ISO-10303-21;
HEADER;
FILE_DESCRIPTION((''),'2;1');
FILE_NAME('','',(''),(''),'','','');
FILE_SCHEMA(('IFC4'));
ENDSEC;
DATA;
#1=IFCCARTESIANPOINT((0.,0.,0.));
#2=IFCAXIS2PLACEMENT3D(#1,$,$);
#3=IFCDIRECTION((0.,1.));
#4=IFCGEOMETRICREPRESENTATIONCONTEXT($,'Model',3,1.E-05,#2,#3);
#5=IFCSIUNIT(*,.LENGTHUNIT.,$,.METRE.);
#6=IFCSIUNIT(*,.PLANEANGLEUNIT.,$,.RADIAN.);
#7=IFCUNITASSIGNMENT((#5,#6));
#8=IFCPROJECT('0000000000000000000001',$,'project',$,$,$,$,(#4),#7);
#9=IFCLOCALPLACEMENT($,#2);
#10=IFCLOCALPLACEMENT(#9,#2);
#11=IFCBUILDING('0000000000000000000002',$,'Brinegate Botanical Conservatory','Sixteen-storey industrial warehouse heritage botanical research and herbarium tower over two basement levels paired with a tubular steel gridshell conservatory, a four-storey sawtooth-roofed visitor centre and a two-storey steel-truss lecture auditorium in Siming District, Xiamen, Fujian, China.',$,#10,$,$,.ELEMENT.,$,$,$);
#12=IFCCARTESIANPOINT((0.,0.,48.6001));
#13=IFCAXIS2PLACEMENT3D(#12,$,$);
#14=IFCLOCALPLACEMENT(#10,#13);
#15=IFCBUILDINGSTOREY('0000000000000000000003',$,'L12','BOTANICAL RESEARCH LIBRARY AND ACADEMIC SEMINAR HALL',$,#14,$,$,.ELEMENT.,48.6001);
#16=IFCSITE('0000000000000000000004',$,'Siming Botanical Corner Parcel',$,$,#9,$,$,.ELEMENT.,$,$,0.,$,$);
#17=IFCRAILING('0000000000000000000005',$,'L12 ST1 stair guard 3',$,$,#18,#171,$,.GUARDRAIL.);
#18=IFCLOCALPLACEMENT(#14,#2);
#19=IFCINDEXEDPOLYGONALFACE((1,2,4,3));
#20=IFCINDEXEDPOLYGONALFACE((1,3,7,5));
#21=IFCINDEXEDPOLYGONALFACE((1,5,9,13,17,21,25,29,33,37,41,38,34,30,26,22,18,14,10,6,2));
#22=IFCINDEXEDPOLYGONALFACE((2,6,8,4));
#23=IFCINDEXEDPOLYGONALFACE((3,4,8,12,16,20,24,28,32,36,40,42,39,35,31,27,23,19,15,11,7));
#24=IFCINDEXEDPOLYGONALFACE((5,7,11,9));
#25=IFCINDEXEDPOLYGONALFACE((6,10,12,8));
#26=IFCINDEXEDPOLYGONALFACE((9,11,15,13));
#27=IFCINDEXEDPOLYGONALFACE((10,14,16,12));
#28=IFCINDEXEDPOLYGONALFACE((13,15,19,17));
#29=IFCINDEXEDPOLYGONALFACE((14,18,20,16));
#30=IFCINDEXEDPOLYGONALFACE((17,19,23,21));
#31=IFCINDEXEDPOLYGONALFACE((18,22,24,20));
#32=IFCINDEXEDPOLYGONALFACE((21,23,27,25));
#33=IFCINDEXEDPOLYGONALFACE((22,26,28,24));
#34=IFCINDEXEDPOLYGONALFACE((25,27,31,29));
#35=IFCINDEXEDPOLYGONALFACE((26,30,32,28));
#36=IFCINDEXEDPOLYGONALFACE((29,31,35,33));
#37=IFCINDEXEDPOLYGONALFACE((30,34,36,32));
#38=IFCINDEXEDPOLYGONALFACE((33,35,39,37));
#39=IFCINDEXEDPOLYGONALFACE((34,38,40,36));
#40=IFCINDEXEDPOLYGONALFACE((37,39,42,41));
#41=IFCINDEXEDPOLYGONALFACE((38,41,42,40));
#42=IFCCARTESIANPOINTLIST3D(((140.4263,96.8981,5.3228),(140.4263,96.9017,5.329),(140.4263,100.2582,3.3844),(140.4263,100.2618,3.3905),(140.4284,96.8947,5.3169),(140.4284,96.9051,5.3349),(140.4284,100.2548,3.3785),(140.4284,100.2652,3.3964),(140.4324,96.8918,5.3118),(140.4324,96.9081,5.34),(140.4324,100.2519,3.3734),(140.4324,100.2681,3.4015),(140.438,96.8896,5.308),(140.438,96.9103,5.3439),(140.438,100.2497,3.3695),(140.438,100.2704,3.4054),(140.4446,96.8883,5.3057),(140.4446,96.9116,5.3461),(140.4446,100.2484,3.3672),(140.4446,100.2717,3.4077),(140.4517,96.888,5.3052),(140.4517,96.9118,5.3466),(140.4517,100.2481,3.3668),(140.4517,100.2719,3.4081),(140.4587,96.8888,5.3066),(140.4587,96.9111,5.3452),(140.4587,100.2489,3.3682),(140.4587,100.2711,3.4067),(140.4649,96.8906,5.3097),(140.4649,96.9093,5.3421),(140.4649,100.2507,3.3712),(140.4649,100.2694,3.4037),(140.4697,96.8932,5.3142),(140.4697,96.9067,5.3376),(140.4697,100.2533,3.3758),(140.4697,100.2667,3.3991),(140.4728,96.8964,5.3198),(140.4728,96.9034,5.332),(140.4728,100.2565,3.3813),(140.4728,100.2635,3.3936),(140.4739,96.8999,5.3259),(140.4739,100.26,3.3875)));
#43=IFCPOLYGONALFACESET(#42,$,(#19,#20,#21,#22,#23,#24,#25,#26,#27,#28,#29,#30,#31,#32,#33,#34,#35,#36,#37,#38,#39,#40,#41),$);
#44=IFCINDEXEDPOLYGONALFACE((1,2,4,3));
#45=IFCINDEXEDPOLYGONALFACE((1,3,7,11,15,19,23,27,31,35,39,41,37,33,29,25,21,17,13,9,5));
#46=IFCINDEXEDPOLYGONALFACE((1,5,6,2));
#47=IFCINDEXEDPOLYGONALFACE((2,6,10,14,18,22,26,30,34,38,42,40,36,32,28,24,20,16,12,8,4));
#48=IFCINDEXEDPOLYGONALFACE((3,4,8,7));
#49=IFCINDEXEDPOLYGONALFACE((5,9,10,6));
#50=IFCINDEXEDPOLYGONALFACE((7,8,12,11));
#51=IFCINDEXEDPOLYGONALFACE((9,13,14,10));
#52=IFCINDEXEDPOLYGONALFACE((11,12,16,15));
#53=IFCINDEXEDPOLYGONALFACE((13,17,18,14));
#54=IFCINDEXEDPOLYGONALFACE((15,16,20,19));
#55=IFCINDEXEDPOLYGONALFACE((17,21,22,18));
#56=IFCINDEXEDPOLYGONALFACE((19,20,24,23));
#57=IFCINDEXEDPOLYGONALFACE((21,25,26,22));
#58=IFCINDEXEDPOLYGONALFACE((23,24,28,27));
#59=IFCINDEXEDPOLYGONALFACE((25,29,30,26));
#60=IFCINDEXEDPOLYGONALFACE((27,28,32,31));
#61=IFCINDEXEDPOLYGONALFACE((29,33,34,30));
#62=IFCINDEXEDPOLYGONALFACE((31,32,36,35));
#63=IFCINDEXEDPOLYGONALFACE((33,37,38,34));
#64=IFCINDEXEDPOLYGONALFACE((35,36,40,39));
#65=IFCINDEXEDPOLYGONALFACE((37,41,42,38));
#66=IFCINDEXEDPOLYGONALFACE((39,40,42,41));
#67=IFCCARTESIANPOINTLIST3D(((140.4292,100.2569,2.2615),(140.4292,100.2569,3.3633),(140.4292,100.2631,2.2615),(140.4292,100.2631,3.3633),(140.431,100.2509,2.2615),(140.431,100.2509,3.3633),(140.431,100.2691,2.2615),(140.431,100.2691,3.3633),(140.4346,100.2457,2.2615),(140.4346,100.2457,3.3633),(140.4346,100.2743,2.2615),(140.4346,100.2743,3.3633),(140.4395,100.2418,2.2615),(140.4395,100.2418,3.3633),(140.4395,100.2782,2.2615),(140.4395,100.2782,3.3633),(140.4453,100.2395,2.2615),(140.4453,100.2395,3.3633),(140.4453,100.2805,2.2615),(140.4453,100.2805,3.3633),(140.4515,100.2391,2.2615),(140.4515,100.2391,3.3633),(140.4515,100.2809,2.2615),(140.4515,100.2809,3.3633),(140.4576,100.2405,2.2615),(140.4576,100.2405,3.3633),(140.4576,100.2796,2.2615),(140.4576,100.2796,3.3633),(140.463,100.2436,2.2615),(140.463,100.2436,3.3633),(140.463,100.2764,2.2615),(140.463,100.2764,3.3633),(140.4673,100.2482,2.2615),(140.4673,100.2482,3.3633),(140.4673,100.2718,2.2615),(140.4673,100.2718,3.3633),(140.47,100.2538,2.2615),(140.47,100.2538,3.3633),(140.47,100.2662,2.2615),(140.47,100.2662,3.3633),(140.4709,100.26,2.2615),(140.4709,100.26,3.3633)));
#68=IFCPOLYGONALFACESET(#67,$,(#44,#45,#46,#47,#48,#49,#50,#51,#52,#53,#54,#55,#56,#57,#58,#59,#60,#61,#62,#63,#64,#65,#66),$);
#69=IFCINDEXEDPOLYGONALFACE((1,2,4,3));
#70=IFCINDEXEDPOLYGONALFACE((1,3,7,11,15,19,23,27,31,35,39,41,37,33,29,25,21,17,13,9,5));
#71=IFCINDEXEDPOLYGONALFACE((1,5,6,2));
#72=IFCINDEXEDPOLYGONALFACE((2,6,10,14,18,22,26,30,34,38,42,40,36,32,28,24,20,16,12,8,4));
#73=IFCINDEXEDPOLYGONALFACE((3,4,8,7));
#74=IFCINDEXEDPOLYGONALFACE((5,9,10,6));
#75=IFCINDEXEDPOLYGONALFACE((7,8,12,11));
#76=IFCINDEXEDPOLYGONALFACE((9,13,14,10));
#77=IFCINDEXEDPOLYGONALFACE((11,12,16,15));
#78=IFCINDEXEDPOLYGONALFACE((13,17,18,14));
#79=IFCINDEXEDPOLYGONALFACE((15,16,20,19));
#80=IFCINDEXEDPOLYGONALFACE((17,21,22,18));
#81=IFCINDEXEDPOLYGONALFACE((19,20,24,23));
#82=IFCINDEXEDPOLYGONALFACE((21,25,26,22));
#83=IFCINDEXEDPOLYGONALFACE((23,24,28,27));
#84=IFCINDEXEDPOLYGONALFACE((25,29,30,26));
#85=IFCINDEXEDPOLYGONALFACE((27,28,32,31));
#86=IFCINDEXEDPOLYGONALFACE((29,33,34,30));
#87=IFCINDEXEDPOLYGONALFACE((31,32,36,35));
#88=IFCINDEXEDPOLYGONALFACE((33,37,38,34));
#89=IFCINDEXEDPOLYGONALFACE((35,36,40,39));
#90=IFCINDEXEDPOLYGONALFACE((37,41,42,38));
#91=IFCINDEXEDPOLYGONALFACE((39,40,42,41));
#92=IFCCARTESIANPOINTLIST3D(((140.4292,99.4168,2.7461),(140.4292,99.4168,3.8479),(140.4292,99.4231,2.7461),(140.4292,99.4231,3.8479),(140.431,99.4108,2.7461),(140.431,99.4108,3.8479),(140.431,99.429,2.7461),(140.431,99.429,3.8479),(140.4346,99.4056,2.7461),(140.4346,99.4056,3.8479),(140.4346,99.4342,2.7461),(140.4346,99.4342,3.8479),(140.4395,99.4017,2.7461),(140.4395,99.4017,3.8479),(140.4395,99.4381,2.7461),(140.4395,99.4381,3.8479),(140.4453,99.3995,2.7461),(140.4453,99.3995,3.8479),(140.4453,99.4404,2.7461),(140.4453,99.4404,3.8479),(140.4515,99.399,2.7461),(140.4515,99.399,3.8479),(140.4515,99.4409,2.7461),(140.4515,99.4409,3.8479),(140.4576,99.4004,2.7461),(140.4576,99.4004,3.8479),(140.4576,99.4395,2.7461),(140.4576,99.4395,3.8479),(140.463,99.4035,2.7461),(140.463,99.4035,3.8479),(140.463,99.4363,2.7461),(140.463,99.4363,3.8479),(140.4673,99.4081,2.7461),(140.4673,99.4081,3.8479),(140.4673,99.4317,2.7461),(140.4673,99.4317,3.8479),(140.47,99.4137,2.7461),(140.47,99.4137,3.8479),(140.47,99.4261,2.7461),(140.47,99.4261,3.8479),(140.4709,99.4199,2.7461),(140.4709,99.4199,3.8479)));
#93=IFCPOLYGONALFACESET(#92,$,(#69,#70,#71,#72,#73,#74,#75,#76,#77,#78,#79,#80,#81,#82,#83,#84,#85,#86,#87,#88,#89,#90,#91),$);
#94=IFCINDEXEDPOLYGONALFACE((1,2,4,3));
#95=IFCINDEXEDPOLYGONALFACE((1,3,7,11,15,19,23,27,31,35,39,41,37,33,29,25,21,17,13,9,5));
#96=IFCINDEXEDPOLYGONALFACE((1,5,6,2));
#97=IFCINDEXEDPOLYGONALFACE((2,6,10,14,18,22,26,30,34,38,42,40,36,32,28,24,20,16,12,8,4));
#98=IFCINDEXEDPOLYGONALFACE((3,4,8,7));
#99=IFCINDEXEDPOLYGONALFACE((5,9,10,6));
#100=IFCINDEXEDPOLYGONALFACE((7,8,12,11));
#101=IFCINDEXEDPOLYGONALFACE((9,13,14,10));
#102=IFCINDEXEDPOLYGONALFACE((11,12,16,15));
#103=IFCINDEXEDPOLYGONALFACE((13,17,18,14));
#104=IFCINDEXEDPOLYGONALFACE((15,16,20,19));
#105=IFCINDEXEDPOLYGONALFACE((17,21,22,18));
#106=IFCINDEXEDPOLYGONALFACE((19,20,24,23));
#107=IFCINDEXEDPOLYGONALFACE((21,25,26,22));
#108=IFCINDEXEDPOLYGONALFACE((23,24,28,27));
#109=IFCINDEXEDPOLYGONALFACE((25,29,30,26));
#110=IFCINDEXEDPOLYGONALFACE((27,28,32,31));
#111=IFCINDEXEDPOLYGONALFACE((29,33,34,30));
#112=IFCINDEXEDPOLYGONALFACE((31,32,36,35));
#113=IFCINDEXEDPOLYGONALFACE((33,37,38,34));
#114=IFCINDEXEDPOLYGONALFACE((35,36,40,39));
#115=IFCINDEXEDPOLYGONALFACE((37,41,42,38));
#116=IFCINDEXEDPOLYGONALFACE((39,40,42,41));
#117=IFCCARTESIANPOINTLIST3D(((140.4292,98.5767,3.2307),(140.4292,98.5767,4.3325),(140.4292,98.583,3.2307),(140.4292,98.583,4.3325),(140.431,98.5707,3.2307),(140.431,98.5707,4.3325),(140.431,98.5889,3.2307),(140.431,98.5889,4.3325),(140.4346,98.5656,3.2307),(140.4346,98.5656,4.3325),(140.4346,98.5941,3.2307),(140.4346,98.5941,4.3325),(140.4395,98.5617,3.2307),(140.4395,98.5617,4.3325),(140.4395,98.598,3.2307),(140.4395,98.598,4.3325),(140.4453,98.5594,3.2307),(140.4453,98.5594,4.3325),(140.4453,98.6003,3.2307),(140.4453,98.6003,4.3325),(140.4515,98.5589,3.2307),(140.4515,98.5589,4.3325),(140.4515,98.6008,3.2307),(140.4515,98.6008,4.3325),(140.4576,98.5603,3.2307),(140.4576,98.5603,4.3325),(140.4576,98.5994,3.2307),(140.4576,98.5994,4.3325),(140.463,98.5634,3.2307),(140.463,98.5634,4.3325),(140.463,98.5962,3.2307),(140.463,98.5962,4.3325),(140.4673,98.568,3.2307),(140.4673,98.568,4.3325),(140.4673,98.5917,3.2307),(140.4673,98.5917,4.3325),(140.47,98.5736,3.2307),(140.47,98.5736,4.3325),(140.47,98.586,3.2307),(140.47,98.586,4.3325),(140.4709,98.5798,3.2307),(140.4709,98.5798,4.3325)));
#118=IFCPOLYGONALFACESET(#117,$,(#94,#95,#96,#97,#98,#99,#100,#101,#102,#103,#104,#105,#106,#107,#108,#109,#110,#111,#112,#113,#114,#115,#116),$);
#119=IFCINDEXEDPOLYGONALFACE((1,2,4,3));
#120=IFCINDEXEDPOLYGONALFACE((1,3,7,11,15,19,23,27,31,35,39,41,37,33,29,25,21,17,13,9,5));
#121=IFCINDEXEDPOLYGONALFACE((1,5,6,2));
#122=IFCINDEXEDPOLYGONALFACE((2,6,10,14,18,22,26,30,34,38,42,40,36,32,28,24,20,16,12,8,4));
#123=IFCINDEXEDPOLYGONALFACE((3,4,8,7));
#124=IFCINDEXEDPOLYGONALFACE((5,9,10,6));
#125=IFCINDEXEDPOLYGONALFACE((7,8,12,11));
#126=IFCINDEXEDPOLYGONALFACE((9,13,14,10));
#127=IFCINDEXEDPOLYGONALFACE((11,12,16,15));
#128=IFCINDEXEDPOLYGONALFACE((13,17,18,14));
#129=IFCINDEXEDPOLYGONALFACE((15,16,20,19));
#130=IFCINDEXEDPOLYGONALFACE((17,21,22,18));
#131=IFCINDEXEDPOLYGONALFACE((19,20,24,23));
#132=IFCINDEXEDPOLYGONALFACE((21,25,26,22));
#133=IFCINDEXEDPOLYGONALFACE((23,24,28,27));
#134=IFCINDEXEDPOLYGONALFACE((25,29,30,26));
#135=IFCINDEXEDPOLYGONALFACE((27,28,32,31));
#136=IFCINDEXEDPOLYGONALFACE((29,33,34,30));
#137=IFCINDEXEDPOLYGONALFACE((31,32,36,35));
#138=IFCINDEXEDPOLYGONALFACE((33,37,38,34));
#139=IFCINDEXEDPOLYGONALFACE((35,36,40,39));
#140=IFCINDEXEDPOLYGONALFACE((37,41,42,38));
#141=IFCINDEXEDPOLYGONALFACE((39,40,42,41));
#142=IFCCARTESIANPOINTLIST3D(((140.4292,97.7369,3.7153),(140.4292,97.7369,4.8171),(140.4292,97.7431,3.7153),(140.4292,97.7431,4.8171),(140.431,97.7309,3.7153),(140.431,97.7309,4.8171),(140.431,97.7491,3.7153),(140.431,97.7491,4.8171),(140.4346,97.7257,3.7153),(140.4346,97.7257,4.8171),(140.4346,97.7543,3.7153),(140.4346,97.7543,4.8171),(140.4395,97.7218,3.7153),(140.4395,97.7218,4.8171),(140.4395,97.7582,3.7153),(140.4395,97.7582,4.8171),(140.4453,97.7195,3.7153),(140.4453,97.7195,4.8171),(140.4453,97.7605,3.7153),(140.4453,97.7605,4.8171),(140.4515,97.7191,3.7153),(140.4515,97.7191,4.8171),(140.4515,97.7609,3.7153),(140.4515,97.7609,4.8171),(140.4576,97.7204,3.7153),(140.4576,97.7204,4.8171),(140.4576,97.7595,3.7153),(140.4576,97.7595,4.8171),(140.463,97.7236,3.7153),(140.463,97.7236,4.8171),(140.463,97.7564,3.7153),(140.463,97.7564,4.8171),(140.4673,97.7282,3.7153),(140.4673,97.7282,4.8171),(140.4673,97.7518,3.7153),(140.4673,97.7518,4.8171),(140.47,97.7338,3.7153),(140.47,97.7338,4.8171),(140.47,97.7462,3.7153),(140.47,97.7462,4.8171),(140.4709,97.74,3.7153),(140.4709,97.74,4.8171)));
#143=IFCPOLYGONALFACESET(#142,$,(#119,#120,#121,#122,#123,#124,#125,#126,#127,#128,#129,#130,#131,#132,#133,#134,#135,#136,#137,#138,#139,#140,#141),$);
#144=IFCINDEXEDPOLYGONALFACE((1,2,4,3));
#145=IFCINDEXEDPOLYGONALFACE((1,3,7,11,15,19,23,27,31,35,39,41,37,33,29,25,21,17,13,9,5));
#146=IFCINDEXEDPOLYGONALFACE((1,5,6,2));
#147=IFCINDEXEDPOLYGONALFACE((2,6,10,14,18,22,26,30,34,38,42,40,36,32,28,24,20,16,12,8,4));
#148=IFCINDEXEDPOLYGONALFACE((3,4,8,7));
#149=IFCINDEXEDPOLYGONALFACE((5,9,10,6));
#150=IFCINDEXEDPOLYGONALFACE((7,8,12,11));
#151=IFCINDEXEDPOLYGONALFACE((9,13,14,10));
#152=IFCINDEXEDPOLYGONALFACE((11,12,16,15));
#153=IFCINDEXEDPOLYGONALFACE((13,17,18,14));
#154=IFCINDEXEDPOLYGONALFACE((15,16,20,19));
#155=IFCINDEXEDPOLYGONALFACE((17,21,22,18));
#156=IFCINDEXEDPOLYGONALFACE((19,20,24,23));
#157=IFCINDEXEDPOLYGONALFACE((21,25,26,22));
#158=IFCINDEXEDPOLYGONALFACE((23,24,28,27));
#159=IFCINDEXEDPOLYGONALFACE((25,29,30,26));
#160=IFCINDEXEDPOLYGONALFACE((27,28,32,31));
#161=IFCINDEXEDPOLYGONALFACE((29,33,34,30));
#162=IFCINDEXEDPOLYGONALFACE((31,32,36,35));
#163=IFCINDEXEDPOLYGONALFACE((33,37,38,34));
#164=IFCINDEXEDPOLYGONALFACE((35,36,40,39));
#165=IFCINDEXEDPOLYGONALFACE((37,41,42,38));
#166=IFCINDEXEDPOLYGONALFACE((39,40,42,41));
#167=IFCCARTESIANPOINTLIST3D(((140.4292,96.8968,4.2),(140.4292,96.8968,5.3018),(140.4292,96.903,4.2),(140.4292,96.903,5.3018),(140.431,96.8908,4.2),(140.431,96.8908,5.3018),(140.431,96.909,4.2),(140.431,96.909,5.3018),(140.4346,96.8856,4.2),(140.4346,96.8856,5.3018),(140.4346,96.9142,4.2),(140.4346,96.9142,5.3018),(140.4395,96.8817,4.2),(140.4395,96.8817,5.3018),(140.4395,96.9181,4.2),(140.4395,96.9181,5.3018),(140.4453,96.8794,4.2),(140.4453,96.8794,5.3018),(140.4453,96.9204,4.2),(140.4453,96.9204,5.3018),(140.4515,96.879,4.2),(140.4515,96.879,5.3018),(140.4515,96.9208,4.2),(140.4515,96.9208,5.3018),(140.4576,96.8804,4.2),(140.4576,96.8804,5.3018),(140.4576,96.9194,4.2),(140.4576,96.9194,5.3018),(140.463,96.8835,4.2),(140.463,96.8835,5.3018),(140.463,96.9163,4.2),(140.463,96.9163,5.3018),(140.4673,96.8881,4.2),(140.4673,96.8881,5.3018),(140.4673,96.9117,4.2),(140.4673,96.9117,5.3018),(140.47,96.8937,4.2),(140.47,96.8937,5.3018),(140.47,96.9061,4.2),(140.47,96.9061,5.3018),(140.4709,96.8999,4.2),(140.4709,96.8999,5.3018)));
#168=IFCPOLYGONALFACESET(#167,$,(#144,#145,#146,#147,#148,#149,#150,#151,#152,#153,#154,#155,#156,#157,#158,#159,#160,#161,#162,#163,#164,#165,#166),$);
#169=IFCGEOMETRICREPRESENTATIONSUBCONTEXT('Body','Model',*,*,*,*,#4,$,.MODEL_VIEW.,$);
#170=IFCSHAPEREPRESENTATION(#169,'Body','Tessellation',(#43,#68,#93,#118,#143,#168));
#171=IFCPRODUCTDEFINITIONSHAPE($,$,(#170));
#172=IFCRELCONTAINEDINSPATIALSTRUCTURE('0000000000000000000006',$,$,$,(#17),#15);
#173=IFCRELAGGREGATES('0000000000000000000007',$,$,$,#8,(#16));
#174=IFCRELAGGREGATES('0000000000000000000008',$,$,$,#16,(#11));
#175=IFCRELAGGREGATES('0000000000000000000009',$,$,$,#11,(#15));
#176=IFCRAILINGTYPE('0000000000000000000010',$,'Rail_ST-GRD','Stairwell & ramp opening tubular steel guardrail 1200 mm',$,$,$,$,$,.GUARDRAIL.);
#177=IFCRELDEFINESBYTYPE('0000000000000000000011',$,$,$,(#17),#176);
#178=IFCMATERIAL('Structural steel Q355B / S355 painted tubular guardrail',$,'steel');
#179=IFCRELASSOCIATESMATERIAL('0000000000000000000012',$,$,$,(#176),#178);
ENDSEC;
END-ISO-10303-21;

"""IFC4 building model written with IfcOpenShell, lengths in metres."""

from ifc_helpers import new_model, si_unit, direction, frame, origin, origin_2d, place, context, subcontext, project, spatial, circle, extrude, material, type_object, element, save


model = new_model("IFC4")

# Units and contexts
model_context = context("Model", 3, precision=1e-05, world=origin(), true_north=direction((0.0, 1.0)))
body_context = subcontext(model_context, "Body", "Model", "MODEL_VIEW")
ifc_project = project(units=[si_unit("LENGTHUNIT", "METRE"), si_unit("PLANEANGLEUNIT", "RADIAN")], contexts=[model_context])

# Site, building, storey
site_placement = place(None, origin())
site = spatial("IfcSite", under=ifc_project, at=site_placement, Name="Siming Botanical Corner Parcel", CompositionType="ELEMENT", RefElevation=0.0)
building_placement = place(site_placement, origin())
building = spatial("IfcBuilding", under=site, at=building_placement, Name="Brinegate Botanical Conservatory", Description="Sixteen-storey industrial warehouse heritage botanical research and herbarium tower over two basement levels paired with a tubular steel gridshell conservatory, a four-storey sawtooth-roofed visitor centre and a two-storey steel-truss lecture auditorium in Siming District, Xiamen, Fujian, China.", CompositionType="ELEMENT")
storey_placement = place(building_placement, frame((0.0, 0.0, 48.6001)))
storey = spatial("IfcBuildingStorey", under=building, at=storey_placement, Name="L12", Description="BOTANICAL RESEARCH LIBRARY AND ACADEMIC SEMINAR HALL", CompositionType="ELEMENT", Elevation=48.6001)

# Railing
ifc_material_1 = material(Name="Structural steel Q355B / S355 painted tubular guardrail", Category="steel")
railing_type_1 = type_object("IfcRailingType", Name="Rail_ST-GRD", Description="Stairwell & ramp opening tubular steel guardrail 1200 mm", PredefinedType="GUARDRAIL", material=ifc_material_1)
railing_1_placement = place(storey_placement, frame((140.45, 100.26, 2.2615)))
element("IfcRailing", 1, at=railing_1_placement, inside=storey, type_object=railing_type_1, Name="L12 ST1 stair guard 3", PredefinedType="GUARDRAIL", context=body_context, shape_type="SweptSolid", body=[
    extrude(circle(Radius=0.0239, at=origin_2d()), frame((0.0, 0.0, 1.126), z_axis=(0.0, -0.866191, 0.499713), x_axis=(1.0, 0.0, 0.0)), (0.0, 0.0, 1.0), 3.8792),
    extrude(circle(Radius=0.021, at=origin_2d()), origin(), (0.0, 0.0, 1.0), 1.1018),
    extrude(circle(Radius=0.021, at=origin_2d()), frame((0.0, -0.8401, 0.4846)), (0.0, 0.0, 1.0), 1.1018),
    extrude(circle(Radius=0.021, at=origin_2d()), frame((0.0, -1.6802, 0.9692)), (0.0, 0.0, 1.0), 1.1018),
    extrude(circle(Radius=0.021, at=origin_2d()), frame((0.0, -2.52, 1.4539)), (0.0, 0.0, 1.0), 1.1018),
    extrude(circle(Radius=0.021, at=origin_2d()), frame((0.0, -3.3601, 1.9385)), (0.0, 0.0, 1.0), 1.1018),
])

save(model, "model.ifc")
